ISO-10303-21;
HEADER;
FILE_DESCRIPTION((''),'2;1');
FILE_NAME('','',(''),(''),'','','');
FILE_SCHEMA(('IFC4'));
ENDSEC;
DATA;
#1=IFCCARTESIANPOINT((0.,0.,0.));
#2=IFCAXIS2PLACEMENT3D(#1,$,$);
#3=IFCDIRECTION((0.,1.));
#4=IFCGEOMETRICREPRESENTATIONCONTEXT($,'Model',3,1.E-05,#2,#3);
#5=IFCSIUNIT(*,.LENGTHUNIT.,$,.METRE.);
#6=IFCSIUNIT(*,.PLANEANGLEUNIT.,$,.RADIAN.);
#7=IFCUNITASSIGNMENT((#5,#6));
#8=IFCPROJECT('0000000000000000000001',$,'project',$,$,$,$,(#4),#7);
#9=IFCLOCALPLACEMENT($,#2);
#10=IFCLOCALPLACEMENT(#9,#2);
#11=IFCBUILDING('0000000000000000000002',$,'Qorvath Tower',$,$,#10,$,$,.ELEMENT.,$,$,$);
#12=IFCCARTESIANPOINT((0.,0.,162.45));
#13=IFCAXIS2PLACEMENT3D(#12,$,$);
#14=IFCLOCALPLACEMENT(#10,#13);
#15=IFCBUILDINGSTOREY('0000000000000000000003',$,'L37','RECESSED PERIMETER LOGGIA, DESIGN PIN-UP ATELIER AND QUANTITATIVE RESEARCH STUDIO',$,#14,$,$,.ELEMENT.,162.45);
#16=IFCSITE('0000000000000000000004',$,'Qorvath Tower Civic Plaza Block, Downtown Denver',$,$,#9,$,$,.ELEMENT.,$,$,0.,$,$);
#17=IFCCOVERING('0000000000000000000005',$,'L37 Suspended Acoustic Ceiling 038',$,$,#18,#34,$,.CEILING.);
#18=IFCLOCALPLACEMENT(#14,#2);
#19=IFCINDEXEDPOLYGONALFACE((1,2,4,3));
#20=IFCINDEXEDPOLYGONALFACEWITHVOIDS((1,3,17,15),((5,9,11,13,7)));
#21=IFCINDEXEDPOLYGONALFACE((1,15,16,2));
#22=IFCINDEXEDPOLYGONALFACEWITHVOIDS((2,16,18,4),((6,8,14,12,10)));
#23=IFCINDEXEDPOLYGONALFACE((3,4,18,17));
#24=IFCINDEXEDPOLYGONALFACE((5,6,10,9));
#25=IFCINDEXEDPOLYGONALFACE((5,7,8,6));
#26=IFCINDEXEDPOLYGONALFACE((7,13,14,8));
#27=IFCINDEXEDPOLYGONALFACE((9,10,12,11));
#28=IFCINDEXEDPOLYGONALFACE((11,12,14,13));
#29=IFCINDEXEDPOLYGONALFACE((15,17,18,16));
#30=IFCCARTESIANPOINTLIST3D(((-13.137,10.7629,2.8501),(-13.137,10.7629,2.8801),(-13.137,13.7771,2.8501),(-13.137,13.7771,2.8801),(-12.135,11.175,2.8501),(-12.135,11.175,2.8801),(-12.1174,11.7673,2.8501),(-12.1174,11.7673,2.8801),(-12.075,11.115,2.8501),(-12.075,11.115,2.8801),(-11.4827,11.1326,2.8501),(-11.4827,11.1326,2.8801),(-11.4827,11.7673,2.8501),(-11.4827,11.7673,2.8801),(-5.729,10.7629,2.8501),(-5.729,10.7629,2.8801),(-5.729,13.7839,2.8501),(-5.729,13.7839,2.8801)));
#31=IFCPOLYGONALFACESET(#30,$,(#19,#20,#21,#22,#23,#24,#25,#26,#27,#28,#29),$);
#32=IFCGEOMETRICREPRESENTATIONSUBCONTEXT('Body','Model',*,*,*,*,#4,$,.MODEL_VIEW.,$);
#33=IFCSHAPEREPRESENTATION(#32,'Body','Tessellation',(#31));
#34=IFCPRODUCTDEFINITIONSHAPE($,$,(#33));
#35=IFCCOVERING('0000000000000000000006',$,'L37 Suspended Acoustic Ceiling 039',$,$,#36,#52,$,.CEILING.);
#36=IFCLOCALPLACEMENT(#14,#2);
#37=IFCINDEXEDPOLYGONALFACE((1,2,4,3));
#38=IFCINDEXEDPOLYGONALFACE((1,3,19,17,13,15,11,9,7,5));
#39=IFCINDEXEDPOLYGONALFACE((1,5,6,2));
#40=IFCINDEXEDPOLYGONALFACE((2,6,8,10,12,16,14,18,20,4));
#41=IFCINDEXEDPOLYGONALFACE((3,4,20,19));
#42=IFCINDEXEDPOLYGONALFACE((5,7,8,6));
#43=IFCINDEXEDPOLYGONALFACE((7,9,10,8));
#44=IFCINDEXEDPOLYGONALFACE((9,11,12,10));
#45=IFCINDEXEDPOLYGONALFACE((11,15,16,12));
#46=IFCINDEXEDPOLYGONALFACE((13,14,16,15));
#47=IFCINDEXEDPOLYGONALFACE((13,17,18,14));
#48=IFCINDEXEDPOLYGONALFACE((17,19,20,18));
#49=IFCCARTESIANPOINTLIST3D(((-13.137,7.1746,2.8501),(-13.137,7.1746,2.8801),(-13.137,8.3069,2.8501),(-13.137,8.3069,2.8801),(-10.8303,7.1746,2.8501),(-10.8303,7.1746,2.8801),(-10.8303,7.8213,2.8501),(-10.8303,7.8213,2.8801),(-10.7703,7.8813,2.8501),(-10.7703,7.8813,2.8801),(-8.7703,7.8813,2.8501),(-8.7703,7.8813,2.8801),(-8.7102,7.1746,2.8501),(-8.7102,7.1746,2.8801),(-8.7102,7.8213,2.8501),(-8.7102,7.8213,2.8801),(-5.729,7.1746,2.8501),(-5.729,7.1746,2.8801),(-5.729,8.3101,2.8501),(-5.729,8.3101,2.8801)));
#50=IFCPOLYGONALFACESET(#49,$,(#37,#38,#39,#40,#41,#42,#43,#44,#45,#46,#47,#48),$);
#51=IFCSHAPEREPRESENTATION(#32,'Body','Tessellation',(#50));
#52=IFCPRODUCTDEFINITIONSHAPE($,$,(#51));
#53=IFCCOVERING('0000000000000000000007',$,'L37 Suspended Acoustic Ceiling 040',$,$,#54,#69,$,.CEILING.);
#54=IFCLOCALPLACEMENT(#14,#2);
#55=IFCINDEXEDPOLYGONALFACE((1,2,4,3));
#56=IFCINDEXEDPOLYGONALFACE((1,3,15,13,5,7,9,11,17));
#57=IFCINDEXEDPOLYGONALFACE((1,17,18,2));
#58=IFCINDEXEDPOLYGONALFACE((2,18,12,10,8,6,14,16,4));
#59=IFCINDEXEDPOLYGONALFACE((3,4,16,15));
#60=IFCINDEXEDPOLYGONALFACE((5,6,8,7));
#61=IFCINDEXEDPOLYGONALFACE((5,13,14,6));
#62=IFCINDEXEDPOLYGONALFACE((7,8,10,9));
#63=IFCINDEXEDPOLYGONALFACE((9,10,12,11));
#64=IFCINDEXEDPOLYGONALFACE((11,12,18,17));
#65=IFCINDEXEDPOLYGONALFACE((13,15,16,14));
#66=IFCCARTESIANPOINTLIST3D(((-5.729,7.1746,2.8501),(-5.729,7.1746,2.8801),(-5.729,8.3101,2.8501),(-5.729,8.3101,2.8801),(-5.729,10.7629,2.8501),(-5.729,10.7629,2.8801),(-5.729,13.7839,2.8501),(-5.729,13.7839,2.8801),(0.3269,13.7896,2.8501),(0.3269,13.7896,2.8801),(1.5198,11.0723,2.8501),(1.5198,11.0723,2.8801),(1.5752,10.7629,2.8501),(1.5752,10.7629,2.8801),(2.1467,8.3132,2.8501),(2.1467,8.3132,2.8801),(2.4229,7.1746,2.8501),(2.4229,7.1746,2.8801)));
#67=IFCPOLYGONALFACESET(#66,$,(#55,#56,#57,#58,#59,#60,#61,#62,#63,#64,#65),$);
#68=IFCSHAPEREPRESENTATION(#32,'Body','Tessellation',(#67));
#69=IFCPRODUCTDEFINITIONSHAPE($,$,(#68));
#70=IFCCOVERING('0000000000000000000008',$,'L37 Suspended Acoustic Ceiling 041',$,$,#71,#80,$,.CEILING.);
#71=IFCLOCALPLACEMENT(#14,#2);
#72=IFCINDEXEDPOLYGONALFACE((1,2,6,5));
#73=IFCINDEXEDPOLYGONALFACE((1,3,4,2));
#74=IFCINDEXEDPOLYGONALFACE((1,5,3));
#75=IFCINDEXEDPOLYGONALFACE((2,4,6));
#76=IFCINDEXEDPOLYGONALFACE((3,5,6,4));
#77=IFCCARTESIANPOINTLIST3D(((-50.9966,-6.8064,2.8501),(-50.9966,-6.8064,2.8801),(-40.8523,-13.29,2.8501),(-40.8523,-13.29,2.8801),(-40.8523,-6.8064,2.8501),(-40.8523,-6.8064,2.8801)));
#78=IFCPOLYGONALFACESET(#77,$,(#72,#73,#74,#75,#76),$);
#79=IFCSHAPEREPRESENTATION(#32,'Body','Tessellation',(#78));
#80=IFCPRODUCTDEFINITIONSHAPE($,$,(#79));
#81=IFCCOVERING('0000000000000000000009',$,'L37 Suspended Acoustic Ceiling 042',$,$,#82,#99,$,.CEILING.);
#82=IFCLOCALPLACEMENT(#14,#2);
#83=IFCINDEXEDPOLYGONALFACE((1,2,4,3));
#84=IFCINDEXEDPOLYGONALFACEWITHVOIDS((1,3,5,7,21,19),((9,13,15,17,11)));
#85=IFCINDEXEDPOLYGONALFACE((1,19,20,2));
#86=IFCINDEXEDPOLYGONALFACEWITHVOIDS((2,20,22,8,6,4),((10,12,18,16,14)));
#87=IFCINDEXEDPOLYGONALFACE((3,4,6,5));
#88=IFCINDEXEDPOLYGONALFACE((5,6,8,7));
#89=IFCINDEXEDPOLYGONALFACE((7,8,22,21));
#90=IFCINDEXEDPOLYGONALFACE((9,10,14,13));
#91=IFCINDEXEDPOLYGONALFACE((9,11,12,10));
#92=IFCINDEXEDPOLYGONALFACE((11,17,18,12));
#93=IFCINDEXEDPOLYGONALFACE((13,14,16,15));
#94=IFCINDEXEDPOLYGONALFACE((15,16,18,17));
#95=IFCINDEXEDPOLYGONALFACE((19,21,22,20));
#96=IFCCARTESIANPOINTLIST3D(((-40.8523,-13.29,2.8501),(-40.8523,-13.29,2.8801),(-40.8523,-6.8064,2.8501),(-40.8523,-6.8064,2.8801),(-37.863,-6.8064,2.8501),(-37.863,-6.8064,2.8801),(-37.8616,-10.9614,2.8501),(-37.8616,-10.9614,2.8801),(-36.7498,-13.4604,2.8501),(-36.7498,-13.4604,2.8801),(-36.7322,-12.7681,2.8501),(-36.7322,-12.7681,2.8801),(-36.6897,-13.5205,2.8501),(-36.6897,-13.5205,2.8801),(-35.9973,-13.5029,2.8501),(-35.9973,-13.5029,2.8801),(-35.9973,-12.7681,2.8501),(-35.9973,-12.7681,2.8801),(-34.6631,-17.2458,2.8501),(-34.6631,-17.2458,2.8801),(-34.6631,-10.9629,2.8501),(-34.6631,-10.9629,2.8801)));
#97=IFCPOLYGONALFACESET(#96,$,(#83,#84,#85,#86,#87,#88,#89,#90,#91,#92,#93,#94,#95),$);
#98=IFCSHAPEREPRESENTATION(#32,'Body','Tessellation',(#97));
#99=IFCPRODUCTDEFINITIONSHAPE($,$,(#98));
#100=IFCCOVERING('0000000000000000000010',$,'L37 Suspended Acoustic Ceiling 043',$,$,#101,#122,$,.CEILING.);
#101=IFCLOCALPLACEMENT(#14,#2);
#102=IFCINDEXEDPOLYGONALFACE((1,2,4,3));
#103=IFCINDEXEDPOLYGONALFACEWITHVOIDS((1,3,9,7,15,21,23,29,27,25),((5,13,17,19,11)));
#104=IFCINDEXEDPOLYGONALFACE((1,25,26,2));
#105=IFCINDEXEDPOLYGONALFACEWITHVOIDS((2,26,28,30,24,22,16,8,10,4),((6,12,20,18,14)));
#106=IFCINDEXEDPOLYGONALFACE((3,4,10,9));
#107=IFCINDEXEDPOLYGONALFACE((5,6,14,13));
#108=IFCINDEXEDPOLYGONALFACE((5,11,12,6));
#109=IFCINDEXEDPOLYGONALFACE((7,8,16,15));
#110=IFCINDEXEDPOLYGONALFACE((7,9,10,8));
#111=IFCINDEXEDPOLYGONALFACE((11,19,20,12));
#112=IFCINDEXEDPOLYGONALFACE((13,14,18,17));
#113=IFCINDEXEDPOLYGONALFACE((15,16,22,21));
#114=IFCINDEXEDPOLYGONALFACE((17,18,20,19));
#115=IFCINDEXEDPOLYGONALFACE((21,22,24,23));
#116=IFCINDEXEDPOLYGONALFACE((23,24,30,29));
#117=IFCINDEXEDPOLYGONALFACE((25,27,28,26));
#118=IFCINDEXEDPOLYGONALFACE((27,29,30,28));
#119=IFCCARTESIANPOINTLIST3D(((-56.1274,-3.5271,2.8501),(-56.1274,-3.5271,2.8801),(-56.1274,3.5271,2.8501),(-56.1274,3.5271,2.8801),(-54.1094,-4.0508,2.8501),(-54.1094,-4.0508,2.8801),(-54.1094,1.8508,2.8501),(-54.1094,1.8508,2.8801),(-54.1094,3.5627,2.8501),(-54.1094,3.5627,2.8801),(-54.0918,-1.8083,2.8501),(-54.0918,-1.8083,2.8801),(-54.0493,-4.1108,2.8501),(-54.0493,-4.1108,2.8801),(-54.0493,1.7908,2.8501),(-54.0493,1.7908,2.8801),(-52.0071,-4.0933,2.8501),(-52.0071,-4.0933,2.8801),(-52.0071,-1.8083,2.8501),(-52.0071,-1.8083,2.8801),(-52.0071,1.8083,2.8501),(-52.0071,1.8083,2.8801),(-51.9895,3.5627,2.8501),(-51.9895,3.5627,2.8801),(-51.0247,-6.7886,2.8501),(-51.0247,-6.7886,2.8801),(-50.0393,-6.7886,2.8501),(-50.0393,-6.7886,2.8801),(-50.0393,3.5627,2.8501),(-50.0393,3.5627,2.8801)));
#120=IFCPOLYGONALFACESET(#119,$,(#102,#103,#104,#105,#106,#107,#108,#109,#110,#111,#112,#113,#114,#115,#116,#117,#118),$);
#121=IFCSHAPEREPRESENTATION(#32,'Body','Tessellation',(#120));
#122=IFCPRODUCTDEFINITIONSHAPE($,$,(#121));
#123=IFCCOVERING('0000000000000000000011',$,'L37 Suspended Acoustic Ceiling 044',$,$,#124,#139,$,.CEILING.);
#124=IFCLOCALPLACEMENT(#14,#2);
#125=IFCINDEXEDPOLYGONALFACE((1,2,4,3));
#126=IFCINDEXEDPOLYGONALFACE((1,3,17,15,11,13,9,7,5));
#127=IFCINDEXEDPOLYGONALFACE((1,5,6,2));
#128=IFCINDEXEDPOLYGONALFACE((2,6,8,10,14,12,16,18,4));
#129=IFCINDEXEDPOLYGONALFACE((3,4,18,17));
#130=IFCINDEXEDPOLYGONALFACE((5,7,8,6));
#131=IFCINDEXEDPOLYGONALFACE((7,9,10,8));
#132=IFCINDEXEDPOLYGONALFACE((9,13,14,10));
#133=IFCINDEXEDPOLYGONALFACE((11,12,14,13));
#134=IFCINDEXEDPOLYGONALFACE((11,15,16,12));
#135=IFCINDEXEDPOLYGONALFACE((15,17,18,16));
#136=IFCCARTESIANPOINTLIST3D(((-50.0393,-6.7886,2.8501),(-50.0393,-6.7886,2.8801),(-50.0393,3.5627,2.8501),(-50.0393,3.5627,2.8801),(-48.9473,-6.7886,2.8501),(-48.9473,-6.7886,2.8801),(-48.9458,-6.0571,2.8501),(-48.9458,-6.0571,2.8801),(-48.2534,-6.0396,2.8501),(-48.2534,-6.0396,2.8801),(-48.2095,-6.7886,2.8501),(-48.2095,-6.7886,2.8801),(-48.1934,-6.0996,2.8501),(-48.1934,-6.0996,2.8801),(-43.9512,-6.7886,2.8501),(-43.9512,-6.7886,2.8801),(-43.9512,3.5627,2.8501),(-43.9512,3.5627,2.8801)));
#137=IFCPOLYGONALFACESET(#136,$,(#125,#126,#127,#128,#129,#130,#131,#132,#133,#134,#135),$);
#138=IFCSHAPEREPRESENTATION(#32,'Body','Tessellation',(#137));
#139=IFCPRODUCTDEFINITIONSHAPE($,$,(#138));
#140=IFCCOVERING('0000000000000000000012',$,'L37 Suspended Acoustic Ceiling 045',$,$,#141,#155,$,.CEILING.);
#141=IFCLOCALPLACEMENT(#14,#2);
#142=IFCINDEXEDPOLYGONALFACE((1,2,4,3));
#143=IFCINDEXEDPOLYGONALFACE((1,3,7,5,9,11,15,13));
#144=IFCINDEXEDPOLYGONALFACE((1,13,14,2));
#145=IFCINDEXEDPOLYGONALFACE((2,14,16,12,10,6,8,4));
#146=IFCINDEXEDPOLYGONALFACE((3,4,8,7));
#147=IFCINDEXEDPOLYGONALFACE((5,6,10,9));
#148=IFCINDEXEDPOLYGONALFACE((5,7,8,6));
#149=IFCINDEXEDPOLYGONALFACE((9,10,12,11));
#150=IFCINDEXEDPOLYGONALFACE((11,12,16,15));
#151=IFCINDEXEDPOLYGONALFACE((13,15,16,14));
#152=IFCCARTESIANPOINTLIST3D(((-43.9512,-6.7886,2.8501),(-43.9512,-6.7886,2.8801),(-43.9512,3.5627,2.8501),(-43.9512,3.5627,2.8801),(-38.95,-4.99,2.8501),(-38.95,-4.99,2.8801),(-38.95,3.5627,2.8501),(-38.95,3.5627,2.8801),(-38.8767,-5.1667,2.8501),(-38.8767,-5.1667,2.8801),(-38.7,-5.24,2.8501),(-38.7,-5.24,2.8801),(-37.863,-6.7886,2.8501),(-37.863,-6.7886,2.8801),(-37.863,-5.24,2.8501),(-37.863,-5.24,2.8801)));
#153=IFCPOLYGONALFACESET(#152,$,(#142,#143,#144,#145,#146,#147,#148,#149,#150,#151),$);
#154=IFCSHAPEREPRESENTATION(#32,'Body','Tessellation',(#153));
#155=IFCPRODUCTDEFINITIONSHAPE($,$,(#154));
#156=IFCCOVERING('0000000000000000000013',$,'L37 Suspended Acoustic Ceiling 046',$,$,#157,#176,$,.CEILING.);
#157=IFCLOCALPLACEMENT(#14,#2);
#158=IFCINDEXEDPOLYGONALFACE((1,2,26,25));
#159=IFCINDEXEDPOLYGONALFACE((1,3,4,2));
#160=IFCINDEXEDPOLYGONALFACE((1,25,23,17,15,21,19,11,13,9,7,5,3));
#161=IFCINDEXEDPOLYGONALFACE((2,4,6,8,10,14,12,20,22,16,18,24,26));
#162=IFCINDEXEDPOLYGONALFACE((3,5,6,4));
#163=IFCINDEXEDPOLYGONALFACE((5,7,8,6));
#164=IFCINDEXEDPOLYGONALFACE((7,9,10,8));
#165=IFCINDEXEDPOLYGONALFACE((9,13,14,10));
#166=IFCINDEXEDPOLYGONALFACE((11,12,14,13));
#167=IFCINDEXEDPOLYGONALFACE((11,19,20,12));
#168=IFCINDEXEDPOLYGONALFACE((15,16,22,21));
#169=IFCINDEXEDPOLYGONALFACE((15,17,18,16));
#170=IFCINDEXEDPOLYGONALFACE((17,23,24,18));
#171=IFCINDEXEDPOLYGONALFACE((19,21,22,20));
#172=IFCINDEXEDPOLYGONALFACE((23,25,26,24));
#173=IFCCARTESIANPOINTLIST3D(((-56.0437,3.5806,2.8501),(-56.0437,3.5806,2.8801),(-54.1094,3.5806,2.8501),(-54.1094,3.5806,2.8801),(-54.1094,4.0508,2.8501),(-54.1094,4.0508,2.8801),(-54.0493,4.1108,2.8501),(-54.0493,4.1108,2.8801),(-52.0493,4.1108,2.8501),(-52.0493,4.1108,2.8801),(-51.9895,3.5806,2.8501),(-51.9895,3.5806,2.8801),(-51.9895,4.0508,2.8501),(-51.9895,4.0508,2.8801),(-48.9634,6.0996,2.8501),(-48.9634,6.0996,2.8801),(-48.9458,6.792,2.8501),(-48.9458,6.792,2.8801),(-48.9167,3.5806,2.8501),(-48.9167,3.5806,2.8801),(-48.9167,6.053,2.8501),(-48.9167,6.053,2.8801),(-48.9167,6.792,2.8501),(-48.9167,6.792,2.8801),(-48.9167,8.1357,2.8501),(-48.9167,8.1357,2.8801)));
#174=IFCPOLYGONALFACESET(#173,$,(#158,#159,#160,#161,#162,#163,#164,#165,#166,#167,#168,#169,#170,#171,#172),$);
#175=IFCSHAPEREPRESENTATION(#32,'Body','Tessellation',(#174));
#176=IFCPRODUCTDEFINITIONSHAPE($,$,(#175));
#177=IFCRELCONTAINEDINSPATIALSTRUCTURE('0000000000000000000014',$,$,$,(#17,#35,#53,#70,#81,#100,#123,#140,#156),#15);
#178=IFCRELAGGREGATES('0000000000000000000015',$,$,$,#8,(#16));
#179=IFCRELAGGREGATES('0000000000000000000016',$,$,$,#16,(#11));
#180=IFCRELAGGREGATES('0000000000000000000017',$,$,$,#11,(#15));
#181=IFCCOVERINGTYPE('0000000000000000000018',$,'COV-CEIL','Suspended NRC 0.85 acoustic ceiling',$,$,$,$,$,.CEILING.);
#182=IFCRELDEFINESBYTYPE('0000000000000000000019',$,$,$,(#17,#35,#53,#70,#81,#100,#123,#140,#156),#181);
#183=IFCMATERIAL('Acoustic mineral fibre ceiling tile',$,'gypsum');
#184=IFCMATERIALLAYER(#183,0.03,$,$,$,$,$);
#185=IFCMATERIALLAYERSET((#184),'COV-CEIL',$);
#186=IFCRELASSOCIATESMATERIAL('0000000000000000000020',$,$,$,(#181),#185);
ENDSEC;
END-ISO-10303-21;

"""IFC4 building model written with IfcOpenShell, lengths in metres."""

from ifc_helpers import new_model, si_unit, direction, frame, origin, place, context, subcontext, project, spatial, polyline, outline, extrude, material, layer, layer_set, type_object, element, save


model = new_model("IFC4")

# Units and contexts
model_context = context("Model", 3, precision=1e-05, world=origin(), true_north=direction((0.0, 1.0)))
body_context = subcontext(model_context, "Body", "Model", "MODEL_VIEW")
ifc_project = project(units=[si_unit("LENGTHUNIT", "METRE"), si_unit("PLANEANGLEUNIT", "RADIAN")], contexts=[model_context])

# Site, building, storey
site_placement = place(None, origin())
site = spatial("IfcSite", under=ifc_project, at=site_placement, Name="Qorvath Tower Civic Plaza Block, Downtown Denver", CompositionType="ELEMENT", RefElevation=0.0)
building_placement = place(site_placement, origin())
building = spatial("IfcBuilding", under=site, at=building_placement, Name="Qorvath Tower", CompositionType="ELEMENT")
storey_placement = place(building_placement, frame((0.0, 0.0, 162.45)))
storey = spatial("IfcBuildingStorey", under=building, at=storey_placement, Name="L37", Description="RECESSED PERIMETER LOGGIA, DESIGN PIN-UP ATELIER AND QUANTITATIVE RESEARCH STUDIO", CompositionType="ELEMENT", Elevation=162.45)

# Coverings
ifc_material_1 = material(Name="Acoustic mineral fibre ceiling tile", Category="gypsum")
ifc_layer_1 = layer(ifc_material_1, 0.03)
ifc_layer_set_1 = layer_set([ifc_layer_1], Name="COV-CEIL")
covering_type_1 = type_object("IfcCoveringType", Name="COV-CEIL", Description="Suspended NRC 0.85 acoustic ceiling", PredefinedType="CEILING", material=ifc_layer_set_1)
covering_1_placement = place(storey_placement, frame((0.0, 0.0, 2.8501)))
element("IfcCovering", 1, at=covering_1_placement, inside=storey, type_object=covering_type_1, Name="L37 Suspended Acoustic Ceiling 038", PredefinedType="CEILING", context=body_context, shape_type="SweptSolid", body=[
    extrude(outline(polyline([(-5.729, 10.7629), (-5.729, 13.7839), (-13.137, 13.7771), (-13.137, 10.7629), (-5.729, 10.7629)]), holes=[polyline([(-12.135, 11.175), (-12.1174, 11.7673), (-11.4827, 11.7673), (-11.4827, 11.1326), (-12.075, 11.115), (-12.135, 11.175)])]), origin(), (0.0, 0.0, 1.0), 0.03),
])
covering_2_placement = place(storey_placement, frame((0.0, 0.0, 2.8501)))
element("IfcCovering", 2, at=covering_2_placement, inside=storey, type_object=covering_type_1, Name="L37 Suspended Acoustic Ceiling 039", PredefinedType="CEILING", context=body_context, shape_type="SweptSolid", body=[
    extrude(outline(polyline([(-8.7102, 7.8213), (-8.7102, 7.1746), (-5.729, 7.1746), (-5.729, 8.3101), (-13.137, 8.3069), (-13.137, 7.1746), (-10.8303, 7.1746), (-10.8303, 7.8213), (-10.7703, 7.8813), (-8.7703, 7.8813), (-8.7102, 7.8213)])), origin(), (0.0, 0.0, 1.0), 0.03),
])
covering_3_placement = place(storey_placement, frame((0.0, 0.0, 2.8501)))
element("IfcCovering", 3, at=covering_3_placement, inside=storey, type_object=covering_type_1, Name="L37 Suspended Acoustic Ceiling 040", PredefinedType="CEILING", context=body_context, shape_type="SweptSolid", body=[
    extrude(outline(polyline([(-5.729, 8.3101), (-5.729, 7.1746), (2.4229, 7.1746), (1.5198, 11.0723), (0.3269, 13.7896), (-5.729, 13.7839), (-5.729, 10.7629), (1.5752, 10.7629), (2.1467, 8.3132), (-5.729, 8.3101)])), origin(), (0.0, 0.0, 1.0), 0.03),
])
covering_4_placement = place(storey_placement, frame((0.0, 0.0, 2.8501)))
element("IfcCovering", 4, at=covering_4_placement, inside=storey, type_object=covering_type_1, Name="L37 Suspended Acoustic Ceiling 041", PredefinedType="CEILING", context=body_context, shape_type="SweptSolid", body=[
    extrude(outline(polyline([(-50.9966, -6.8064), (-40.8523, -13.29), (-40.8523, -6.8064), (-50.9966, -6.8064)])), origin(), (0.0, 0.0, 1.0), 0.03),
])
covering_5_placement = place(storey_placement, frame((0.0, 0.0, 2.8501)))
element("IfcCovering", 5, at=covering_5_placement, inside=storey, type_object=covering_type_1, Name="L37 Suspended Acoustic Ceiling 042", PredefinedType="CEILING", context=body_context, shape_type="SweptSolid", body=[
    extrude(outline(polyline([(-40.8523, -6.8064), (-40.8523, -13.29), (-34.6631, -17.2458), (-34.6631, -10.9629), (-37.8616, -10.9614), (-37.863, -6.8064), (-40.8523, -6.8064)]), holes=[polyline([(-36.7498, -13.4604), (-36.7322, -12.7681), (-35.9973, -12.7681), (-35.9973, -13.5029), (-36.6897, -13.5205), (-36.7498, -13.4604)])]), origin(), (0.0, 0.0, 1.0), 0.03),
])
covering_6_placement = place(storey_placement, frame((0.0, 0.0, 2.8501)))
element("IfcCovering", 6, at=covering_6_placement, inside=storey, type_object=covering_type_1, Name="L37 Suspended Acoustic Ceiling 043", PredefinedType="CEILING", context=body_context, shape_type="SweptSolid", body=[
    extrude(outline(polyline([(-56.1274, 3.5271), (-56.1274, -3.5271), (-51.0247, -6.7886), (-50.0393, -6.7886), (-50.0393, 3.5627), (-51.9895, 3.5627), (-52.0071, 1.8083), (-54.0493, 1.7908), (-54.1094, 1.8508), (-54.1094, 3.5627), (-56.1274, 3.5271)]), holes=[polyline([(-54.1094, -4.0508), (-54.0918, -1.8083), (-52.0071, -1.8083), (-52.0071, -4.0933), (-54.0493, -4.1108), (-54.1094, -4.0508)])]), origin(), (0.0, 0.0, 1.0), 0.03),
])
covering_7_placement = place(storey_placement, frame((0.0, 0.0, 2.8501)))
element("IfcCovering", 7, at=covering_7_placement, inside=storey, type_object=covering_type_1, Name="L37 Suspended Acoustic Ceiling 044", PredefinedType="CEILING", context=body_context, shape_type="SweptSolid", body=[
    extrude(outline(polyline([(-50.0393, 3.5627), (-50.0393, -6.7886), (-48.9473, -6.7886), (-48.9458, -6.0571), (-48.2534, -6.0396), (-48.1934, -6.0996), (-48.2095, -6.7886), (-43.9512, -6.7886), (-43.9512, 3.5627), (-50.0393, 3.5627)])), origin(), (0.0, 0.0, 1.0), 0.03),
])
covering_8_placement = place(storey_placement, frame((0.0, 0.0, 2.8501)))
element("IfcCovering", 8, at=covering_8_placement, inside=storey, type_object=covering_type_1, Name="L37 Suspended Acoustic Ceiling 045", PredefinedType="CEILING", context=body_context, shape_type="SweptSolid", body=[
    extrude(outline(polyline([(-43.9512, 3.5627), (-43.9512, -6.7886), (-37.863, -6.7886), (-37.863, -5.24), (-38.7, -5.24), (-38.8767, -5.1667), (-38.95, -4.99), (-38.95, 3.5627), (-43.9512, 3.5627)])), origin(), (0.0, 0.0, 1.0), 0.03),
])
covering_9_placement = place(storey_placement, frame((0.0, 0.0, 2.8501)))
element("IfcCovering", 9, at=covering_9_placement, inside=storey, type_object=covering_type_1, Name="L37 Suspended Acoustic Ceiling 046", PredefinedType="CEILING", context=body_context, shape_type="SweptSolid", body=[
    extrude(outline(polyline([(-48.9167, 3.5806), (-48.9167, 6.053), (-48.9634, 6.0996), (-48.9458, 6.792), (-48.9167, 6.792), (-48.9167, 8.1357), (-56.0437, 3.5806), (-54.1094, 3.5806), (-54.1094, 4.0508), (-54.0493, 4.1108), (-52.0493, 4.1108), (-51.9895, 4.0508), (-51.9895, 3.5806), (-48.9167, 3.5806)])), origin(), (0.0, 0.0, 1.0), 0.03),
])

save(model, "model.ifc")
